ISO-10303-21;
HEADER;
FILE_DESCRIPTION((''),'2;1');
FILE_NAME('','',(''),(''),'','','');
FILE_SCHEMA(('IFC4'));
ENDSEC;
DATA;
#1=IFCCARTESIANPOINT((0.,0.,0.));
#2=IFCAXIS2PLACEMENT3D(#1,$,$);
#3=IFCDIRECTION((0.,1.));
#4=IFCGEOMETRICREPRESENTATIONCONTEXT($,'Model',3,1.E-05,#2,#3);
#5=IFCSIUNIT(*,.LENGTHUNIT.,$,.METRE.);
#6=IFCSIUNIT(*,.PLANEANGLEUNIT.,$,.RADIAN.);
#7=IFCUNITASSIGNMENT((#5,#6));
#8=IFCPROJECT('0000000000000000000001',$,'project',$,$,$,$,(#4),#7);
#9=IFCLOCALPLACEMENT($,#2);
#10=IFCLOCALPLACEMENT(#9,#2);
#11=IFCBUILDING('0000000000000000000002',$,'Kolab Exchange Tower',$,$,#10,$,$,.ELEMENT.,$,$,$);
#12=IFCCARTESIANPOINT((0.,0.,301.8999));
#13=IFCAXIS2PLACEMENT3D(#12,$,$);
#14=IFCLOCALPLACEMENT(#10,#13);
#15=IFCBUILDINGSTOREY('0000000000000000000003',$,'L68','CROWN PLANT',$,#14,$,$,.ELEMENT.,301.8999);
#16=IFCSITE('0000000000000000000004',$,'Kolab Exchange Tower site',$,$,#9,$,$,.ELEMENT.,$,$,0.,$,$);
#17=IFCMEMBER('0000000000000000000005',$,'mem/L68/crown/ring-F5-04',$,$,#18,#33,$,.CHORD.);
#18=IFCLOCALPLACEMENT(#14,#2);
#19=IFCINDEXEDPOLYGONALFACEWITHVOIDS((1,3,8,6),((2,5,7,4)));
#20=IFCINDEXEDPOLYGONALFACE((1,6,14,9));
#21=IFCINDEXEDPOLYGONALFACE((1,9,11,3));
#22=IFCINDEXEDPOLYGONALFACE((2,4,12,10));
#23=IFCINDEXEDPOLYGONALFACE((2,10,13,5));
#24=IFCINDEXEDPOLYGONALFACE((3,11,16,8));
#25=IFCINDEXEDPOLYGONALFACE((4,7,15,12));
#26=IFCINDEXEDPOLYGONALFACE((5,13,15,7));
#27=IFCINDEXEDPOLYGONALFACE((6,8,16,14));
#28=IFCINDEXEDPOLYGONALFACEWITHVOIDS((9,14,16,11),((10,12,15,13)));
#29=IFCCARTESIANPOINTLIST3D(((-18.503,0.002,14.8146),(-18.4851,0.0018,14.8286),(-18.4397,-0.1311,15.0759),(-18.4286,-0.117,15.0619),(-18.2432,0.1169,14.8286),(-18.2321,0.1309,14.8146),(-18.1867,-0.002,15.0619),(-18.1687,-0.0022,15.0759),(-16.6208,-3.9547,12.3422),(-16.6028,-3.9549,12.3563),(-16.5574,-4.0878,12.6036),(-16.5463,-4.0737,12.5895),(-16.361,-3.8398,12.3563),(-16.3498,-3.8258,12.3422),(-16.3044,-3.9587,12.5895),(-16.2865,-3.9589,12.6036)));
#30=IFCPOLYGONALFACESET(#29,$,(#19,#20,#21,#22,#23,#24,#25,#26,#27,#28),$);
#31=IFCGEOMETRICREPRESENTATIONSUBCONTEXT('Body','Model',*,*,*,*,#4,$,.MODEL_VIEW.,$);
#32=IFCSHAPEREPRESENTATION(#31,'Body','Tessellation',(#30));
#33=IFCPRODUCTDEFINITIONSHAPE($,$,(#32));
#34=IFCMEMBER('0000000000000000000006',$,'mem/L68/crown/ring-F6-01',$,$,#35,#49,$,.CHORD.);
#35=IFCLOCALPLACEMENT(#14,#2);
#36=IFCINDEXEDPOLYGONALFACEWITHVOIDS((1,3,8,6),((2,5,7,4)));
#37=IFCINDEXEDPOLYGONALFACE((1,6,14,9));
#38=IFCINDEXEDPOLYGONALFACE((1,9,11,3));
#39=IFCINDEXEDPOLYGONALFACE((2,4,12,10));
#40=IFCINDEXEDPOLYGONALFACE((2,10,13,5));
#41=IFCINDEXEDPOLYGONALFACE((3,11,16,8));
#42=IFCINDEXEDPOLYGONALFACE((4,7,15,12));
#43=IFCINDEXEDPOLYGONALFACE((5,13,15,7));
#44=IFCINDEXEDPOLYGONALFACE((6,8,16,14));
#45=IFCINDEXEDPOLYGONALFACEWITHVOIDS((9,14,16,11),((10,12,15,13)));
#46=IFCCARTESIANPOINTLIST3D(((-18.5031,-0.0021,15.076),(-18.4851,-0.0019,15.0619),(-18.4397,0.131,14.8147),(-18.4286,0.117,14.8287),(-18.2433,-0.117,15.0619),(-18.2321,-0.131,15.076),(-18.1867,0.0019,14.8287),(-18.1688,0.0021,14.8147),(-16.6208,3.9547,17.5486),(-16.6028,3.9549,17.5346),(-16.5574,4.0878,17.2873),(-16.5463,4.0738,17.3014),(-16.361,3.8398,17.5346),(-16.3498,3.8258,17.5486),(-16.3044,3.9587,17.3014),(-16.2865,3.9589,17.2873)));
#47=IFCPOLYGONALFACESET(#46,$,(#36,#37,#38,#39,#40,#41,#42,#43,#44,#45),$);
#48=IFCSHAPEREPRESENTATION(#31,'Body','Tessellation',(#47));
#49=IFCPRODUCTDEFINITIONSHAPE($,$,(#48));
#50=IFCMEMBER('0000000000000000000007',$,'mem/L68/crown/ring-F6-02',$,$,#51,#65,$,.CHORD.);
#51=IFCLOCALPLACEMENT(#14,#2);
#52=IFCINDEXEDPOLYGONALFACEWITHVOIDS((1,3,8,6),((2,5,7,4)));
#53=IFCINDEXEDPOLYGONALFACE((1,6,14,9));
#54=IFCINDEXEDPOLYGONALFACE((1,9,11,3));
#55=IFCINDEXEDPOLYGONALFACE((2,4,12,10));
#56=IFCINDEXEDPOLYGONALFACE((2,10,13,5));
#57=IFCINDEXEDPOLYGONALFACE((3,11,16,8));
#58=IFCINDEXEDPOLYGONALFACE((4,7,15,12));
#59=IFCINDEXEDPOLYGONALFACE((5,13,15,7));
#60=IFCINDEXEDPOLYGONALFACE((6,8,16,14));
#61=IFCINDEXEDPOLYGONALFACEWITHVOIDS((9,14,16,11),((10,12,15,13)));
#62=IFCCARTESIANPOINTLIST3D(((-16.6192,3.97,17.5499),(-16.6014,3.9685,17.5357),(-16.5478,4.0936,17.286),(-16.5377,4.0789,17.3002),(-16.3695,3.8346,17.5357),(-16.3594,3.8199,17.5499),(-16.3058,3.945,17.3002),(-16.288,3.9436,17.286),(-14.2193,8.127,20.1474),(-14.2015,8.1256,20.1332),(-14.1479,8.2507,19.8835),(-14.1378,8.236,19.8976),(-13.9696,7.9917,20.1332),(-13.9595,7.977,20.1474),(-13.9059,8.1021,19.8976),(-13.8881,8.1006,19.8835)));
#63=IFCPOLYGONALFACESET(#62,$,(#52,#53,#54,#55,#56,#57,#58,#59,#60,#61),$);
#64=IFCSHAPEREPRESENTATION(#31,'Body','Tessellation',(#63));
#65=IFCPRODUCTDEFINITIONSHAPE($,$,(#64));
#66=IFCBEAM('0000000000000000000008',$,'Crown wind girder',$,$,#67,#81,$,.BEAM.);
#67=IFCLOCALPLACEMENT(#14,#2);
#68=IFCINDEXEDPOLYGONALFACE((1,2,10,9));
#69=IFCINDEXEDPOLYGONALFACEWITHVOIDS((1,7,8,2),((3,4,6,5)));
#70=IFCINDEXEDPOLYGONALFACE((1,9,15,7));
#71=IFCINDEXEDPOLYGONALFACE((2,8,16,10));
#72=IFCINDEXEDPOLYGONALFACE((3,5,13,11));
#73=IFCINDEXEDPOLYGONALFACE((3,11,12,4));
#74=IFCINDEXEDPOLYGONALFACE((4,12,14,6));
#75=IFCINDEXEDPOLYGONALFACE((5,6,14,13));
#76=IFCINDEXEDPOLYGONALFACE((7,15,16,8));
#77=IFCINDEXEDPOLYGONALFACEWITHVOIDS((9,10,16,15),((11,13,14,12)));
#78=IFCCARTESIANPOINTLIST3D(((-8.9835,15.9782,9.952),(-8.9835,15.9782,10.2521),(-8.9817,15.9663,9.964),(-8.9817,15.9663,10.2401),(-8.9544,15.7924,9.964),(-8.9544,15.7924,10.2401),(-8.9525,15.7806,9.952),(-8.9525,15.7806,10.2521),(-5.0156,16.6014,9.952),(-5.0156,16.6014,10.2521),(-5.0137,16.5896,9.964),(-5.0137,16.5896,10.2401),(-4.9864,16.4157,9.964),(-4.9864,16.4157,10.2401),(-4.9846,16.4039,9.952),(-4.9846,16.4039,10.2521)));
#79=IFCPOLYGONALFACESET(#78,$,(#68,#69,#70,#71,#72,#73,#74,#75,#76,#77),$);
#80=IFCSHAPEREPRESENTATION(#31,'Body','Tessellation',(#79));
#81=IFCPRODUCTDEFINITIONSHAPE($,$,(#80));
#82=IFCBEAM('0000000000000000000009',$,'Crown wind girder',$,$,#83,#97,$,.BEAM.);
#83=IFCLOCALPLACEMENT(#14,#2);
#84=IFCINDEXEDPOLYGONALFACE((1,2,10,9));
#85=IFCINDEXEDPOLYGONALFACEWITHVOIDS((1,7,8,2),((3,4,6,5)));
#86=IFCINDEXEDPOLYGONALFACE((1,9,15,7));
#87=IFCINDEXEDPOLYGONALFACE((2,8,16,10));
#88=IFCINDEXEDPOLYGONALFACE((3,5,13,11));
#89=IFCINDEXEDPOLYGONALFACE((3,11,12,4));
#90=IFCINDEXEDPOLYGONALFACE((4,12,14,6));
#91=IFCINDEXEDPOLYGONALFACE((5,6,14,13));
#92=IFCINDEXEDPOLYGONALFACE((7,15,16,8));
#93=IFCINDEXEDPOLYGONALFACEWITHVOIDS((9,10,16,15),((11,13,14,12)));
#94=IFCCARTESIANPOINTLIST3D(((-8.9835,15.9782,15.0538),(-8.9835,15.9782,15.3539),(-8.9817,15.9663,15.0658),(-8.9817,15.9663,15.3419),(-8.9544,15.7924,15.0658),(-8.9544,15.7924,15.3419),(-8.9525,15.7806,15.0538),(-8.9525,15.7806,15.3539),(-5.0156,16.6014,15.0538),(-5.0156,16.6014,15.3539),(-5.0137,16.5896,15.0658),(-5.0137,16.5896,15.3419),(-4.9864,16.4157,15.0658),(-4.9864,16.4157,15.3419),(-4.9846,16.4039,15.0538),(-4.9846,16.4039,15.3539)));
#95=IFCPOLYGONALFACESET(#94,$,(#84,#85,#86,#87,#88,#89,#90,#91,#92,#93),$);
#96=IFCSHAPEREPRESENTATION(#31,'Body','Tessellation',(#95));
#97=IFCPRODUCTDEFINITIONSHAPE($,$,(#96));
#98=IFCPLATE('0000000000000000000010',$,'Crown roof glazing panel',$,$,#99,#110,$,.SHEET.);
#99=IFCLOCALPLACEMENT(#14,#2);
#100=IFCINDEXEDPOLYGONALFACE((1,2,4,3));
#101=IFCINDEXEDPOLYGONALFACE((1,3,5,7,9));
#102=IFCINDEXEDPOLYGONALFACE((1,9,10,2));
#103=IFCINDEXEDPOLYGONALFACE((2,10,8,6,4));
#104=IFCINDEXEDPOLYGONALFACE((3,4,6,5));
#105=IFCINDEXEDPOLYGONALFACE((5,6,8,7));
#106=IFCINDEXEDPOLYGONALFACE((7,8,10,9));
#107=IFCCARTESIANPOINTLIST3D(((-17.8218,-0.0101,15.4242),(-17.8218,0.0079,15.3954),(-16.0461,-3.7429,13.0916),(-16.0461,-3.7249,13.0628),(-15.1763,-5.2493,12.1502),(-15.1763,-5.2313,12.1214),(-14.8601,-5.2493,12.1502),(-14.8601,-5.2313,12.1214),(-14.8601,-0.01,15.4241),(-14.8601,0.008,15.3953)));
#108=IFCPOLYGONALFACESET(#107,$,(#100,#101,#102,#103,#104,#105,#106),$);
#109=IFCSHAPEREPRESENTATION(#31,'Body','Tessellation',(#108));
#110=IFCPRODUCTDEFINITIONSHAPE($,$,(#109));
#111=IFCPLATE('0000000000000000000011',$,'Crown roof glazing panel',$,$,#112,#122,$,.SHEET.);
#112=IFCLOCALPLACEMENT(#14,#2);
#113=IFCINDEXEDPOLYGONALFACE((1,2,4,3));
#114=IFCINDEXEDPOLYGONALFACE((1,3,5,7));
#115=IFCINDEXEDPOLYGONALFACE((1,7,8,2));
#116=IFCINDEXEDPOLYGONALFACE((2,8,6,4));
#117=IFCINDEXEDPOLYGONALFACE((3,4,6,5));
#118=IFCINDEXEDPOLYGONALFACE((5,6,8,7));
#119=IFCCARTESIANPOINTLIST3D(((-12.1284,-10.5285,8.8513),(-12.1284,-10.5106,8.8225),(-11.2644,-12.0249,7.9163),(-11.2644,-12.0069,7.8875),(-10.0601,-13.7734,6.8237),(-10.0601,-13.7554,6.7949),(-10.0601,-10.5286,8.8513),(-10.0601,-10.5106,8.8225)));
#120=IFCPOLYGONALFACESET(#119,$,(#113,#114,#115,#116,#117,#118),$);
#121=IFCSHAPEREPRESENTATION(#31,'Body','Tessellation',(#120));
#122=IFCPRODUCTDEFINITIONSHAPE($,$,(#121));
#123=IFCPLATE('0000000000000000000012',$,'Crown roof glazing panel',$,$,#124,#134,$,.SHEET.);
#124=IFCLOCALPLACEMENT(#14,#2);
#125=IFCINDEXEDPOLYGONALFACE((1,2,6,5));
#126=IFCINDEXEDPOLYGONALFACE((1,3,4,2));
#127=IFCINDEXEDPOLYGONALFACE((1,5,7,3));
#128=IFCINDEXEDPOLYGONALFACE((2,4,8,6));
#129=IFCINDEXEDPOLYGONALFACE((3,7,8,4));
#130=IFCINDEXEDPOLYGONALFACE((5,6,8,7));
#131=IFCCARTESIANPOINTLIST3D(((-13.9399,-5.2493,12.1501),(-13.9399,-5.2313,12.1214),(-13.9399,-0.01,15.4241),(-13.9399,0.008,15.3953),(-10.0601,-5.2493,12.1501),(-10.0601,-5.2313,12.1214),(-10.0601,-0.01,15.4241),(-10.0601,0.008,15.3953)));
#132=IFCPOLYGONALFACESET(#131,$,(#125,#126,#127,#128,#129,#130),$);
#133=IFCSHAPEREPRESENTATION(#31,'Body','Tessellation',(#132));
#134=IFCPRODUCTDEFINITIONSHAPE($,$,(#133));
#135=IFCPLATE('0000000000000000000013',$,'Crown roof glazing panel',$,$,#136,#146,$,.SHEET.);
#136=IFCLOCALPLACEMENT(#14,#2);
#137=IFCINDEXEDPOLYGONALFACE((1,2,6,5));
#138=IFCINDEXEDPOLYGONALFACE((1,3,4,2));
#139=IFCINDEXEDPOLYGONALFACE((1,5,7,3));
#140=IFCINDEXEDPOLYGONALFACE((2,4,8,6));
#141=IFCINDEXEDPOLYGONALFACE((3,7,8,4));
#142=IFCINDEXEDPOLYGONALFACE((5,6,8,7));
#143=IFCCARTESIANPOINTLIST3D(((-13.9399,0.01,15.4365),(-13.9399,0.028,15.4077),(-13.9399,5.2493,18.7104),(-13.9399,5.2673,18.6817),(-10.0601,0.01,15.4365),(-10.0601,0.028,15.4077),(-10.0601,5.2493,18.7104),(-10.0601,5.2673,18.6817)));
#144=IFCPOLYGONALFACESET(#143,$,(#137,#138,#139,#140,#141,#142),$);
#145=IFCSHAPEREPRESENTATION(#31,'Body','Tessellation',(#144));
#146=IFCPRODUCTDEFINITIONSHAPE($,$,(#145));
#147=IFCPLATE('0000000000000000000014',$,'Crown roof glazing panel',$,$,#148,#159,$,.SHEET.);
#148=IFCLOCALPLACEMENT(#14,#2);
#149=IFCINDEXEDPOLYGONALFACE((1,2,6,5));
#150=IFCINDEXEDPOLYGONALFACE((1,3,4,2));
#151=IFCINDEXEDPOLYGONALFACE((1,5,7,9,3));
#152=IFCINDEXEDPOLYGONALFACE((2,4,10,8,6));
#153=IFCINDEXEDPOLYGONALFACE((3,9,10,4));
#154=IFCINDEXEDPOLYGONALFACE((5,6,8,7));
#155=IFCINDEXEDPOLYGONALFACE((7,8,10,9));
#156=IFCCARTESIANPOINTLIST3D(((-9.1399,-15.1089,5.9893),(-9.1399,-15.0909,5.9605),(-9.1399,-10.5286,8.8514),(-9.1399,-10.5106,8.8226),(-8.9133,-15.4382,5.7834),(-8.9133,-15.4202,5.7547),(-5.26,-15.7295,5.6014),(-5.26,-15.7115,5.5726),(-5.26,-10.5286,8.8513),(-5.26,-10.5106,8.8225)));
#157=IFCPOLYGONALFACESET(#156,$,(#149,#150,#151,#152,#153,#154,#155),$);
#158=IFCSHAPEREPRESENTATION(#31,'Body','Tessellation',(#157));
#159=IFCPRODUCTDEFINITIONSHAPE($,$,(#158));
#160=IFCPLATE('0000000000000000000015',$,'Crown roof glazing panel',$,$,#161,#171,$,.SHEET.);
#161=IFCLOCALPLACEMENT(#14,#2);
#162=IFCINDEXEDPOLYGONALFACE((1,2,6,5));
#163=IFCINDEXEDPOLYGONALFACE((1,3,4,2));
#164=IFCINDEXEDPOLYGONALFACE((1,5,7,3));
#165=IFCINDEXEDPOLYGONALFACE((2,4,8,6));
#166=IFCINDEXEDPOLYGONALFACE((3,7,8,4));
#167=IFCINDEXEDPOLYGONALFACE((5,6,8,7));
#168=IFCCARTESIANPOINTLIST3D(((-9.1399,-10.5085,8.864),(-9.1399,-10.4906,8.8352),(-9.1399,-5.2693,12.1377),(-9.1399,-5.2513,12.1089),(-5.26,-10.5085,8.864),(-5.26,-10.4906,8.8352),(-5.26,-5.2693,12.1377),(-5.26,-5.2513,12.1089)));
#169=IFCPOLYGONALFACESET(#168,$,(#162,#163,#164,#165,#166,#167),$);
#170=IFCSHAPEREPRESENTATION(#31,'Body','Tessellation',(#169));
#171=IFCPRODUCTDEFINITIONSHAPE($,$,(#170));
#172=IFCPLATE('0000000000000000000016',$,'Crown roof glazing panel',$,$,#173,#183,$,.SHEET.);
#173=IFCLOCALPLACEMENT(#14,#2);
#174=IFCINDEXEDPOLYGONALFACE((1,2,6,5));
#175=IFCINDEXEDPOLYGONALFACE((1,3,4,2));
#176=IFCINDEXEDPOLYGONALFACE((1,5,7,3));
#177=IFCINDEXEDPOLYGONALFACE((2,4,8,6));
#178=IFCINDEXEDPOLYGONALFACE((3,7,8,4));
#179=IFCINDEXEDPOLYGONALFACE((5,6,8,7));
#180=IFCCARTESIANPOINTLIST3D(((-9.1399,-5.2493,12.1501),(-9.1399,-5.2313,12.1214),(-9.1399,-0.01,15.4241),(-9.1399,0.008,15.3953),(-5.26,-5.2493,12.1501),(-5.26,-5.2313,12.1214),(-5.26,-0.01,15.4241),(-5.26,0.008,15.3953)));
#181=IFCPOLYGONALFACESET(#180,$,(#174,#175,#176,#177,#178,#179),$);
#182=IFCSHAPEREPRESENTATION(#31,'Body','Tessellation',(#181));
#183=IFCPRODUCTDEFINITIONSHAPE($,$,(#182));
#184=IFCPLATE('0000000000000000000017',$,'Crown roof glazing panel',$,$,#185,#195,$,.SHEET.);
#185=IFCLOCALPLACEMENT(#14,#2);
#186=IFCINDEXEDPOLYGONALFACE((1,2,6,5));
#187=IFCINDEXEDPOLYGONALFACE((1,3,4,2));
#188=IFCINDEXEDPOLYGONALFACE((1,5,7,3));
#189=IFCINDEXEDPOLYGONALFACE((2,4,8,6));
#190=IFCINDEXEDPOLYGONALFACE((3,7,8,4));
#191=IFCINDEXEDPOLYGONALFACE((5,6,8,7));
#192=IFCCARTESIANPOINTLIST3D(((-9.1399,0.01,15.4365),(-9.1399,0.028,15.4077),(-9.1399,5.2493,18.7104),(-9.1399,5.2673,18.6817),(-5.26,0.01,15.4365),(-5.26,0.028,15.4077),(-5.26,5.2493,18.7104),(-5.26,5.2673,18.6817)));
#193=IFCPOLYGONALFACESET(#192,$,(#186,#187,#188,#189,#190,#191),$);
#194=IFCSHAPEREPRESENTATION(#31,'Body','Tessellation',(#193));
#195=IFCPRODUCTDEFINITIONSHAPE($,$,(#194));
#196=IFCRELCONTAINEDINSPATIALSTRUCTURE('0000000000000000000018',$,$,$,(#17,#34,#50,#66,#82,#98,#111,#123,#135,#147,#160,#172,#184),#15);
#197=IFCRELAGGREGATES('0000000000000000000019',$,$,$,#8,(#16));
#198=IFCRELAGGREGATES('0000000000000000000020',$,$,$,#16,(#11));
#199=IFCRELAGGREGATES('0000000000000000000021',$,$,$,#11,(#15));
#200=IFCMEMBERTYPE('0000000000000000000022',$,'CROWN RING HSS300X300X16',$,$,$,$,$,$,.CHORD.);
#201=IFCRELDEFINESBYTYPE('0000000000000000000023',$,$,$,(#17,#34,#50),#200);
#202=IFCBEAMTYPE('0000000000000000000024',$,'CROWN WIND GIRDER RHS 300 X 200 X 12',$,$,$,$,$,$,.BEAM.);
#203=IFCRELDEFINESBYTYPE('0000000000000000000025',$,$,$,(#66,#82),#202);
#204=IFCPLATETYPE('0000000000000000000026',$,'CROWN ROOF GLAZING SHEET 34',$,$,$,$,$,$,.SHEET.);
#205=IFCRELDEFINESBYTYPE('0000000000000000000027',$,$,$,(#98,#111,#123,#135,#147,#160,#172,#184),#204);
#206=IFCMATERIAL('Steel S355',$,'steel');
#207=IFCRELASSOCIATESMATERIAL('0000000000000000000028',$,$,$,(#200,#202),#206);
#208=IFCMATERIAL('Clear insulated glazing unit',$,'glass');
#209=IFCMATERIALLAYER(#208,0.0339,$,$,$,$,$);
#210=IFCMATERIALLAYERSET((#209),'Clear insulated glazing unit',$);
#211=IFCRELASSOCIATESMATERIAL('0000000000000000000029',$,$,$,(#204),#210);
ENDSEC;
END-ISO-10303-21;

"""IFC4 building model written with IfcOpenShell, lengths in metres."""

from ifc_helpers import new_model, si_unit, direction, frame, origin, origin_2d, place, context, subcontext, project, spatial, polyline, hollow_rectangle, outline, extrude, material, layer, layer_set, material_profile, profile_set, type_object, element, save


model = new_model("IFC4")

# Units and contexts
model_context = context("Model", 3, precision=1e-05, world=origin(), true_north=direction((0.0, 1.0)))
body_context = subcontext(model_context, "Body", "Model", "MODEL_VIEW")
ifc_project = project(units=[si_unit("LENGTHUNIT", "METRE"), si_unit("PLANEANGLEUNIT", "RADIAN")], contexts=[model_context])

# Site, building, storey
site_placement = place(None, origin())
site = spatial("IfcSite", under=ifc_project, at=site_placement, Name="Kolab Exchange Tower site", CompositionType="ELEMENT", RefElevation=0.0)
building_placement = place(site_placement, origin())
building = spatial("IfcBuilding", under=site, at=building_placement, Name="Kolab Exchange Tower", CompositionType="ELEMENT")
storey_placement = place(building_placement, frame((0.0, 0.0, 301.8999)))
storey = spatial("IfcBuildingStorey", under=building, at=storey_placement, Name="L68", Description="CROWN PLANT", CompositionType="ELEMENT", Elevation=301.8999)

# Members
ifc_material_1 = material(Name="Steel S355", Category="steel")
ifc_material_profile_1 = material_profile(ifc_material_1, hollow_rectangle(XDim=0.3, YDim=0.3, WallThickness=0.0161, at=origin_2d()), Name="HSS300X300X16")
ifc_profile_set_1 = profile_set([ifc_material_profile_1], Name="Steel S355")
member_type_1 = type_object("IfcMemberType", Name="CROWN RING HSS300X300X16", PredefinedType="CHORD", material=ifc_profile_set_1)
member_1_placement = place(storey_placement, frame((-16.4536, -3.9568, 12.4729), z_axis=(-0.374137, 0.786463, 0.491424), x_axis=(-0.903025, -0.429587, 0.0)))
element("IfcMember", 1, at=member_1_placement, inside=storey, type_object=member_type_1, Name="mem/L68/crown/ring-F5-04", PredefinedType="CHORD", context=body_context, shape_type="SweptSolid", body=[
    extrude(hollow_rectangle(XDim=0.3, YDim=0.3, WallThickness=0.0161, at=origin_2d()), origin(), (0.0, 0.0, 1.0), 5.031),
])
member_2_placement = place(storey_placement, frame((-18.3359, 0.0, 14.9453), z_axis=(0.374128, 0.786444, 0.491461), x_axis=(-0.903025, 0.429587, 0.0)))
element("IfcMember", 2, at=member_2_placement, inside=storey, type_object=member_type_1, Name="mem/L68/crown/ring-F6-01", PredefinedType="CHORD", context=body_context, shape_type="SweptSolid", body=[
    extrude(hollow_rectangle(XDim=0.3, YDim=0.3, WallThickness=0.0161, at=origin_2d()), origin(), (0.0, 0.0, 1.0), 5.0312),
])
member_3_placement = place(storey_placement, frame((-16.4536, 3.9568, 17.418), z_axis=(0.439727, 0.761672, 0.475916), x_axis=(-0.866037, 0.499979, 0.0)))
element("IfcMember", 3, at=member_3_placement, inside=storey, type_object=member_type_1, Name="mem/L68/crown/ring-F6-02", PredefinedType="CHORD", context=body_context, shape_type="SweptSolid", body=[
    extrude(hollow_rectangle(XDim=0.3, YDim=0.3, WallThickness=0.0161, at=origin_2d()), origin(), (0.0, 0.0, 1.0), 5.4578),
])

# Beams
ifc_material_profile_2 = material_profile(ifc_material_1, hollow_rectangle(XDim=0.2, YDim=0.3, WallThickness=0.012, at=origin_2d()), Name="RHS300X200X12")
ifc_profile_set_2 = profile_set([ifc_material_profile_2], Name="Steel S355")
beam_type = type_object("IfcBeamType", Name="CROWN WIND GIRDER RHS 300 X 200 X 12", PredefinedType="BEAM", material=ifc_profile_set_2)
for number, where, z_axis, x_axis, name in (
    (4, (-8.968, 15.8794, 10.1021), (0.987887, 0.155176, 0.0), (-0.155176, 0.987887, 0.0), "Crown wind girder"),
    (5, (-8.968, 15.8794, 15.2039), (0.987887, 0.155176, 0.0), (-0.155176, 0.987887, 0.0), "Crown wind girder"),
):
    element("IfcBeam", number, at=place(storey_placement, frame(where, z_axis=z_axis, x_axis=x_axis)), inside=storey, type_object=beam_type, Name=name, PredefinedType="BEAM", context=body_context, shape_type="SweptSolid", body=[
        extrude(hollow_rectangle(XDim=0.2, YDim=0.3, WallThickness=0.012, at=origin_2d()), origin(), (0.0, 0.0, 1.0), 4.0166),
    ])

# Plates
ifc_material_2 = material(Name="Clear insulated glazing unit", Category="glass")
ifc_layer_1 = layer(ifc_material_2, 0.0339)
ifc_layer_set_1 = layer_set([ifc_layer_1], Name="Clear insulated glazing unit")
plate_type_1 = type_object("IfcPlateType", Name="CROWN ROOF GLAZING SHEET 34", PredefinedType="SHEET", material=ifc_layer_set_1)
plate_1_placement = place(storey_placement, frame((-16.0461, -3.7429, 13.0916), z_axis=(0.000029, -0.529917, 0.848049), x_axis=(-0.374103, 0.786464, 0.491448)))
element("IfcPlate", 6, at=plate_1_placement, inside=storey, type_object=plate_type_1, Name="Crown roof glazing panel", PredefinedType="SHEET", context=body_context, shape_type="SweptSolid", body=[
    extrude(outline(polyline([(0.0, 0.0), (4.7464, 0.0), (3.6384, -2.7466), (-2.091, -0.4354), (-1.9728, -0.1422), (0.0, 0.0)])), origin(), (0.0, 0.0, -1.0), 0.0339),
])
plate_2_placement = place(storey_placement, frame((-11.2644, -12.0249, 7.9163), z_axis=(-0.000023, -0.529923, 0.848045), x_axis=(-0.439778, 0.76164, 0.475919)))
element("IfcPlate", 7, at=plate_2_placement, inside=storey, type_object=plate_type_1, Name="Crown roof glazing panel", PredefinedType="SHEET", context=body_context, shape_type="SweptSolid", body=[
    extrude(outline(polyline([(0.0, 0.0), (1.9647, 0.0), (1.055, -1.8576), (-2.3814, -0.1749), (0.0, 0.0)])), origin(), (0.0, 0.0, -1.0), 0.0339),
])
for number, where, z_axis, x_axis, name in (
    (8, (-13.9399, -5.2493, 12.1501), (0.0, -0.529928, 0.848043), (0.0, 0.848043, 0.529928), "Crown roof glazing panel"),
    (9, (-13.9399, 0.01, 15.4365), (0.0, -0.529928, 0.848043), (0.0, 0.848043, 0.529928), "Crown roof glazing panel"),
):
    element("IfcPlate", number, at=place(storey_placement, frame(where, z_axis=z_axis, x_axis=x_axis)), inside=storey, type_object=plate_type_1, Name=name, PredefinedType="SHEET", context=body_context, shape_type="SweptSolid", body=[
        extrude(outline(polyline([(0.0, 0.0), (6.1781, 0.0), (6.1781, -3.8799), (0.0, -3.8799), (0.0, 0.0)])), origin(), (0.0, 0.0, -1.0), 0.0339),
    ])
plate_3_placement = place(storey_placement, frame((-8.9133, -15.4382, 5.7834), z_axis=(0.000016, -0.529923, 0.848046), x_axis=(-0.503899, 0.732506, 0.457734)))
element("IfcPlate", 10, at=plate_3_placement, inside=storey, type_object=plate_type_1, Name="Crown roof glazing panel", PredefinedType="SHEET", context=body_context, shape_type="SweptSolid", body=[
    extrude(outline(polyline([(0.0, 0.0), (0.4496, 0.0), (5.1148, -2.7216), (3.1597, -6.0729), (-2.1376, -2.9825), (0.0, 0.0)])), origin(), (0.0, 0.0, -1.0), 0.0339),
])
plate_4_placement = place(storey_placement, frame((-9.1399, -10.5085, 8.864), z_axis=(0.0, -0.529899, 0.84806), x_axis=(0.0, 0.84806, 0.529899)))
element("IfcPlate", 11, at=plate_4_placement, inside=storey, type_object=plate_type_1, Name="Crown roof glazing panel", PredefinedType="SHEET", context=body_context, shape_type="SweptSolid", body=[
    extrude(outline(polyline([(0.0, 0.0), (6.1779, 0.0), (6.1779, -3.8799), (0.0, -3.8799), (0.0, 0.0)])), origin(), (0.0, 0.0, -1.0), 0.0339),
])
for number, where, z_axis, x_axis, name in (
    (12, (-9.1399, -5.2493, 12.1501), (0.0, -0.529928, 0.848043), (0.0, 0.848043, 0.529928), "Crown roof glazing panel"),
    (13, (-9.1399, 0.01, 15.4365), (0.0, -0.529928, 0.848043), (0.0, 0.848043, 0.529928), "Crown roof glazing panel"),
):
    element("IfcPlate", number, at=place(storey_placement, frame(where, z_axis=z_axis, x_axis=x_axis)), inside=storey, type_object=plate_type_1, Name=name, PredefinedType="SHEET", context=body_context, shape_type="SweptSolid", body=[
        extrude(outline(polyline([(0.0, 0.0), (6.1781, 0.0), (6.1781, -3.8799), (0.0, -3.8799), (0.0, 0.0)])), origin(), (0.0, 0.0, -1.0), 0.0339),
    ])

save(model, "model.ifc")
